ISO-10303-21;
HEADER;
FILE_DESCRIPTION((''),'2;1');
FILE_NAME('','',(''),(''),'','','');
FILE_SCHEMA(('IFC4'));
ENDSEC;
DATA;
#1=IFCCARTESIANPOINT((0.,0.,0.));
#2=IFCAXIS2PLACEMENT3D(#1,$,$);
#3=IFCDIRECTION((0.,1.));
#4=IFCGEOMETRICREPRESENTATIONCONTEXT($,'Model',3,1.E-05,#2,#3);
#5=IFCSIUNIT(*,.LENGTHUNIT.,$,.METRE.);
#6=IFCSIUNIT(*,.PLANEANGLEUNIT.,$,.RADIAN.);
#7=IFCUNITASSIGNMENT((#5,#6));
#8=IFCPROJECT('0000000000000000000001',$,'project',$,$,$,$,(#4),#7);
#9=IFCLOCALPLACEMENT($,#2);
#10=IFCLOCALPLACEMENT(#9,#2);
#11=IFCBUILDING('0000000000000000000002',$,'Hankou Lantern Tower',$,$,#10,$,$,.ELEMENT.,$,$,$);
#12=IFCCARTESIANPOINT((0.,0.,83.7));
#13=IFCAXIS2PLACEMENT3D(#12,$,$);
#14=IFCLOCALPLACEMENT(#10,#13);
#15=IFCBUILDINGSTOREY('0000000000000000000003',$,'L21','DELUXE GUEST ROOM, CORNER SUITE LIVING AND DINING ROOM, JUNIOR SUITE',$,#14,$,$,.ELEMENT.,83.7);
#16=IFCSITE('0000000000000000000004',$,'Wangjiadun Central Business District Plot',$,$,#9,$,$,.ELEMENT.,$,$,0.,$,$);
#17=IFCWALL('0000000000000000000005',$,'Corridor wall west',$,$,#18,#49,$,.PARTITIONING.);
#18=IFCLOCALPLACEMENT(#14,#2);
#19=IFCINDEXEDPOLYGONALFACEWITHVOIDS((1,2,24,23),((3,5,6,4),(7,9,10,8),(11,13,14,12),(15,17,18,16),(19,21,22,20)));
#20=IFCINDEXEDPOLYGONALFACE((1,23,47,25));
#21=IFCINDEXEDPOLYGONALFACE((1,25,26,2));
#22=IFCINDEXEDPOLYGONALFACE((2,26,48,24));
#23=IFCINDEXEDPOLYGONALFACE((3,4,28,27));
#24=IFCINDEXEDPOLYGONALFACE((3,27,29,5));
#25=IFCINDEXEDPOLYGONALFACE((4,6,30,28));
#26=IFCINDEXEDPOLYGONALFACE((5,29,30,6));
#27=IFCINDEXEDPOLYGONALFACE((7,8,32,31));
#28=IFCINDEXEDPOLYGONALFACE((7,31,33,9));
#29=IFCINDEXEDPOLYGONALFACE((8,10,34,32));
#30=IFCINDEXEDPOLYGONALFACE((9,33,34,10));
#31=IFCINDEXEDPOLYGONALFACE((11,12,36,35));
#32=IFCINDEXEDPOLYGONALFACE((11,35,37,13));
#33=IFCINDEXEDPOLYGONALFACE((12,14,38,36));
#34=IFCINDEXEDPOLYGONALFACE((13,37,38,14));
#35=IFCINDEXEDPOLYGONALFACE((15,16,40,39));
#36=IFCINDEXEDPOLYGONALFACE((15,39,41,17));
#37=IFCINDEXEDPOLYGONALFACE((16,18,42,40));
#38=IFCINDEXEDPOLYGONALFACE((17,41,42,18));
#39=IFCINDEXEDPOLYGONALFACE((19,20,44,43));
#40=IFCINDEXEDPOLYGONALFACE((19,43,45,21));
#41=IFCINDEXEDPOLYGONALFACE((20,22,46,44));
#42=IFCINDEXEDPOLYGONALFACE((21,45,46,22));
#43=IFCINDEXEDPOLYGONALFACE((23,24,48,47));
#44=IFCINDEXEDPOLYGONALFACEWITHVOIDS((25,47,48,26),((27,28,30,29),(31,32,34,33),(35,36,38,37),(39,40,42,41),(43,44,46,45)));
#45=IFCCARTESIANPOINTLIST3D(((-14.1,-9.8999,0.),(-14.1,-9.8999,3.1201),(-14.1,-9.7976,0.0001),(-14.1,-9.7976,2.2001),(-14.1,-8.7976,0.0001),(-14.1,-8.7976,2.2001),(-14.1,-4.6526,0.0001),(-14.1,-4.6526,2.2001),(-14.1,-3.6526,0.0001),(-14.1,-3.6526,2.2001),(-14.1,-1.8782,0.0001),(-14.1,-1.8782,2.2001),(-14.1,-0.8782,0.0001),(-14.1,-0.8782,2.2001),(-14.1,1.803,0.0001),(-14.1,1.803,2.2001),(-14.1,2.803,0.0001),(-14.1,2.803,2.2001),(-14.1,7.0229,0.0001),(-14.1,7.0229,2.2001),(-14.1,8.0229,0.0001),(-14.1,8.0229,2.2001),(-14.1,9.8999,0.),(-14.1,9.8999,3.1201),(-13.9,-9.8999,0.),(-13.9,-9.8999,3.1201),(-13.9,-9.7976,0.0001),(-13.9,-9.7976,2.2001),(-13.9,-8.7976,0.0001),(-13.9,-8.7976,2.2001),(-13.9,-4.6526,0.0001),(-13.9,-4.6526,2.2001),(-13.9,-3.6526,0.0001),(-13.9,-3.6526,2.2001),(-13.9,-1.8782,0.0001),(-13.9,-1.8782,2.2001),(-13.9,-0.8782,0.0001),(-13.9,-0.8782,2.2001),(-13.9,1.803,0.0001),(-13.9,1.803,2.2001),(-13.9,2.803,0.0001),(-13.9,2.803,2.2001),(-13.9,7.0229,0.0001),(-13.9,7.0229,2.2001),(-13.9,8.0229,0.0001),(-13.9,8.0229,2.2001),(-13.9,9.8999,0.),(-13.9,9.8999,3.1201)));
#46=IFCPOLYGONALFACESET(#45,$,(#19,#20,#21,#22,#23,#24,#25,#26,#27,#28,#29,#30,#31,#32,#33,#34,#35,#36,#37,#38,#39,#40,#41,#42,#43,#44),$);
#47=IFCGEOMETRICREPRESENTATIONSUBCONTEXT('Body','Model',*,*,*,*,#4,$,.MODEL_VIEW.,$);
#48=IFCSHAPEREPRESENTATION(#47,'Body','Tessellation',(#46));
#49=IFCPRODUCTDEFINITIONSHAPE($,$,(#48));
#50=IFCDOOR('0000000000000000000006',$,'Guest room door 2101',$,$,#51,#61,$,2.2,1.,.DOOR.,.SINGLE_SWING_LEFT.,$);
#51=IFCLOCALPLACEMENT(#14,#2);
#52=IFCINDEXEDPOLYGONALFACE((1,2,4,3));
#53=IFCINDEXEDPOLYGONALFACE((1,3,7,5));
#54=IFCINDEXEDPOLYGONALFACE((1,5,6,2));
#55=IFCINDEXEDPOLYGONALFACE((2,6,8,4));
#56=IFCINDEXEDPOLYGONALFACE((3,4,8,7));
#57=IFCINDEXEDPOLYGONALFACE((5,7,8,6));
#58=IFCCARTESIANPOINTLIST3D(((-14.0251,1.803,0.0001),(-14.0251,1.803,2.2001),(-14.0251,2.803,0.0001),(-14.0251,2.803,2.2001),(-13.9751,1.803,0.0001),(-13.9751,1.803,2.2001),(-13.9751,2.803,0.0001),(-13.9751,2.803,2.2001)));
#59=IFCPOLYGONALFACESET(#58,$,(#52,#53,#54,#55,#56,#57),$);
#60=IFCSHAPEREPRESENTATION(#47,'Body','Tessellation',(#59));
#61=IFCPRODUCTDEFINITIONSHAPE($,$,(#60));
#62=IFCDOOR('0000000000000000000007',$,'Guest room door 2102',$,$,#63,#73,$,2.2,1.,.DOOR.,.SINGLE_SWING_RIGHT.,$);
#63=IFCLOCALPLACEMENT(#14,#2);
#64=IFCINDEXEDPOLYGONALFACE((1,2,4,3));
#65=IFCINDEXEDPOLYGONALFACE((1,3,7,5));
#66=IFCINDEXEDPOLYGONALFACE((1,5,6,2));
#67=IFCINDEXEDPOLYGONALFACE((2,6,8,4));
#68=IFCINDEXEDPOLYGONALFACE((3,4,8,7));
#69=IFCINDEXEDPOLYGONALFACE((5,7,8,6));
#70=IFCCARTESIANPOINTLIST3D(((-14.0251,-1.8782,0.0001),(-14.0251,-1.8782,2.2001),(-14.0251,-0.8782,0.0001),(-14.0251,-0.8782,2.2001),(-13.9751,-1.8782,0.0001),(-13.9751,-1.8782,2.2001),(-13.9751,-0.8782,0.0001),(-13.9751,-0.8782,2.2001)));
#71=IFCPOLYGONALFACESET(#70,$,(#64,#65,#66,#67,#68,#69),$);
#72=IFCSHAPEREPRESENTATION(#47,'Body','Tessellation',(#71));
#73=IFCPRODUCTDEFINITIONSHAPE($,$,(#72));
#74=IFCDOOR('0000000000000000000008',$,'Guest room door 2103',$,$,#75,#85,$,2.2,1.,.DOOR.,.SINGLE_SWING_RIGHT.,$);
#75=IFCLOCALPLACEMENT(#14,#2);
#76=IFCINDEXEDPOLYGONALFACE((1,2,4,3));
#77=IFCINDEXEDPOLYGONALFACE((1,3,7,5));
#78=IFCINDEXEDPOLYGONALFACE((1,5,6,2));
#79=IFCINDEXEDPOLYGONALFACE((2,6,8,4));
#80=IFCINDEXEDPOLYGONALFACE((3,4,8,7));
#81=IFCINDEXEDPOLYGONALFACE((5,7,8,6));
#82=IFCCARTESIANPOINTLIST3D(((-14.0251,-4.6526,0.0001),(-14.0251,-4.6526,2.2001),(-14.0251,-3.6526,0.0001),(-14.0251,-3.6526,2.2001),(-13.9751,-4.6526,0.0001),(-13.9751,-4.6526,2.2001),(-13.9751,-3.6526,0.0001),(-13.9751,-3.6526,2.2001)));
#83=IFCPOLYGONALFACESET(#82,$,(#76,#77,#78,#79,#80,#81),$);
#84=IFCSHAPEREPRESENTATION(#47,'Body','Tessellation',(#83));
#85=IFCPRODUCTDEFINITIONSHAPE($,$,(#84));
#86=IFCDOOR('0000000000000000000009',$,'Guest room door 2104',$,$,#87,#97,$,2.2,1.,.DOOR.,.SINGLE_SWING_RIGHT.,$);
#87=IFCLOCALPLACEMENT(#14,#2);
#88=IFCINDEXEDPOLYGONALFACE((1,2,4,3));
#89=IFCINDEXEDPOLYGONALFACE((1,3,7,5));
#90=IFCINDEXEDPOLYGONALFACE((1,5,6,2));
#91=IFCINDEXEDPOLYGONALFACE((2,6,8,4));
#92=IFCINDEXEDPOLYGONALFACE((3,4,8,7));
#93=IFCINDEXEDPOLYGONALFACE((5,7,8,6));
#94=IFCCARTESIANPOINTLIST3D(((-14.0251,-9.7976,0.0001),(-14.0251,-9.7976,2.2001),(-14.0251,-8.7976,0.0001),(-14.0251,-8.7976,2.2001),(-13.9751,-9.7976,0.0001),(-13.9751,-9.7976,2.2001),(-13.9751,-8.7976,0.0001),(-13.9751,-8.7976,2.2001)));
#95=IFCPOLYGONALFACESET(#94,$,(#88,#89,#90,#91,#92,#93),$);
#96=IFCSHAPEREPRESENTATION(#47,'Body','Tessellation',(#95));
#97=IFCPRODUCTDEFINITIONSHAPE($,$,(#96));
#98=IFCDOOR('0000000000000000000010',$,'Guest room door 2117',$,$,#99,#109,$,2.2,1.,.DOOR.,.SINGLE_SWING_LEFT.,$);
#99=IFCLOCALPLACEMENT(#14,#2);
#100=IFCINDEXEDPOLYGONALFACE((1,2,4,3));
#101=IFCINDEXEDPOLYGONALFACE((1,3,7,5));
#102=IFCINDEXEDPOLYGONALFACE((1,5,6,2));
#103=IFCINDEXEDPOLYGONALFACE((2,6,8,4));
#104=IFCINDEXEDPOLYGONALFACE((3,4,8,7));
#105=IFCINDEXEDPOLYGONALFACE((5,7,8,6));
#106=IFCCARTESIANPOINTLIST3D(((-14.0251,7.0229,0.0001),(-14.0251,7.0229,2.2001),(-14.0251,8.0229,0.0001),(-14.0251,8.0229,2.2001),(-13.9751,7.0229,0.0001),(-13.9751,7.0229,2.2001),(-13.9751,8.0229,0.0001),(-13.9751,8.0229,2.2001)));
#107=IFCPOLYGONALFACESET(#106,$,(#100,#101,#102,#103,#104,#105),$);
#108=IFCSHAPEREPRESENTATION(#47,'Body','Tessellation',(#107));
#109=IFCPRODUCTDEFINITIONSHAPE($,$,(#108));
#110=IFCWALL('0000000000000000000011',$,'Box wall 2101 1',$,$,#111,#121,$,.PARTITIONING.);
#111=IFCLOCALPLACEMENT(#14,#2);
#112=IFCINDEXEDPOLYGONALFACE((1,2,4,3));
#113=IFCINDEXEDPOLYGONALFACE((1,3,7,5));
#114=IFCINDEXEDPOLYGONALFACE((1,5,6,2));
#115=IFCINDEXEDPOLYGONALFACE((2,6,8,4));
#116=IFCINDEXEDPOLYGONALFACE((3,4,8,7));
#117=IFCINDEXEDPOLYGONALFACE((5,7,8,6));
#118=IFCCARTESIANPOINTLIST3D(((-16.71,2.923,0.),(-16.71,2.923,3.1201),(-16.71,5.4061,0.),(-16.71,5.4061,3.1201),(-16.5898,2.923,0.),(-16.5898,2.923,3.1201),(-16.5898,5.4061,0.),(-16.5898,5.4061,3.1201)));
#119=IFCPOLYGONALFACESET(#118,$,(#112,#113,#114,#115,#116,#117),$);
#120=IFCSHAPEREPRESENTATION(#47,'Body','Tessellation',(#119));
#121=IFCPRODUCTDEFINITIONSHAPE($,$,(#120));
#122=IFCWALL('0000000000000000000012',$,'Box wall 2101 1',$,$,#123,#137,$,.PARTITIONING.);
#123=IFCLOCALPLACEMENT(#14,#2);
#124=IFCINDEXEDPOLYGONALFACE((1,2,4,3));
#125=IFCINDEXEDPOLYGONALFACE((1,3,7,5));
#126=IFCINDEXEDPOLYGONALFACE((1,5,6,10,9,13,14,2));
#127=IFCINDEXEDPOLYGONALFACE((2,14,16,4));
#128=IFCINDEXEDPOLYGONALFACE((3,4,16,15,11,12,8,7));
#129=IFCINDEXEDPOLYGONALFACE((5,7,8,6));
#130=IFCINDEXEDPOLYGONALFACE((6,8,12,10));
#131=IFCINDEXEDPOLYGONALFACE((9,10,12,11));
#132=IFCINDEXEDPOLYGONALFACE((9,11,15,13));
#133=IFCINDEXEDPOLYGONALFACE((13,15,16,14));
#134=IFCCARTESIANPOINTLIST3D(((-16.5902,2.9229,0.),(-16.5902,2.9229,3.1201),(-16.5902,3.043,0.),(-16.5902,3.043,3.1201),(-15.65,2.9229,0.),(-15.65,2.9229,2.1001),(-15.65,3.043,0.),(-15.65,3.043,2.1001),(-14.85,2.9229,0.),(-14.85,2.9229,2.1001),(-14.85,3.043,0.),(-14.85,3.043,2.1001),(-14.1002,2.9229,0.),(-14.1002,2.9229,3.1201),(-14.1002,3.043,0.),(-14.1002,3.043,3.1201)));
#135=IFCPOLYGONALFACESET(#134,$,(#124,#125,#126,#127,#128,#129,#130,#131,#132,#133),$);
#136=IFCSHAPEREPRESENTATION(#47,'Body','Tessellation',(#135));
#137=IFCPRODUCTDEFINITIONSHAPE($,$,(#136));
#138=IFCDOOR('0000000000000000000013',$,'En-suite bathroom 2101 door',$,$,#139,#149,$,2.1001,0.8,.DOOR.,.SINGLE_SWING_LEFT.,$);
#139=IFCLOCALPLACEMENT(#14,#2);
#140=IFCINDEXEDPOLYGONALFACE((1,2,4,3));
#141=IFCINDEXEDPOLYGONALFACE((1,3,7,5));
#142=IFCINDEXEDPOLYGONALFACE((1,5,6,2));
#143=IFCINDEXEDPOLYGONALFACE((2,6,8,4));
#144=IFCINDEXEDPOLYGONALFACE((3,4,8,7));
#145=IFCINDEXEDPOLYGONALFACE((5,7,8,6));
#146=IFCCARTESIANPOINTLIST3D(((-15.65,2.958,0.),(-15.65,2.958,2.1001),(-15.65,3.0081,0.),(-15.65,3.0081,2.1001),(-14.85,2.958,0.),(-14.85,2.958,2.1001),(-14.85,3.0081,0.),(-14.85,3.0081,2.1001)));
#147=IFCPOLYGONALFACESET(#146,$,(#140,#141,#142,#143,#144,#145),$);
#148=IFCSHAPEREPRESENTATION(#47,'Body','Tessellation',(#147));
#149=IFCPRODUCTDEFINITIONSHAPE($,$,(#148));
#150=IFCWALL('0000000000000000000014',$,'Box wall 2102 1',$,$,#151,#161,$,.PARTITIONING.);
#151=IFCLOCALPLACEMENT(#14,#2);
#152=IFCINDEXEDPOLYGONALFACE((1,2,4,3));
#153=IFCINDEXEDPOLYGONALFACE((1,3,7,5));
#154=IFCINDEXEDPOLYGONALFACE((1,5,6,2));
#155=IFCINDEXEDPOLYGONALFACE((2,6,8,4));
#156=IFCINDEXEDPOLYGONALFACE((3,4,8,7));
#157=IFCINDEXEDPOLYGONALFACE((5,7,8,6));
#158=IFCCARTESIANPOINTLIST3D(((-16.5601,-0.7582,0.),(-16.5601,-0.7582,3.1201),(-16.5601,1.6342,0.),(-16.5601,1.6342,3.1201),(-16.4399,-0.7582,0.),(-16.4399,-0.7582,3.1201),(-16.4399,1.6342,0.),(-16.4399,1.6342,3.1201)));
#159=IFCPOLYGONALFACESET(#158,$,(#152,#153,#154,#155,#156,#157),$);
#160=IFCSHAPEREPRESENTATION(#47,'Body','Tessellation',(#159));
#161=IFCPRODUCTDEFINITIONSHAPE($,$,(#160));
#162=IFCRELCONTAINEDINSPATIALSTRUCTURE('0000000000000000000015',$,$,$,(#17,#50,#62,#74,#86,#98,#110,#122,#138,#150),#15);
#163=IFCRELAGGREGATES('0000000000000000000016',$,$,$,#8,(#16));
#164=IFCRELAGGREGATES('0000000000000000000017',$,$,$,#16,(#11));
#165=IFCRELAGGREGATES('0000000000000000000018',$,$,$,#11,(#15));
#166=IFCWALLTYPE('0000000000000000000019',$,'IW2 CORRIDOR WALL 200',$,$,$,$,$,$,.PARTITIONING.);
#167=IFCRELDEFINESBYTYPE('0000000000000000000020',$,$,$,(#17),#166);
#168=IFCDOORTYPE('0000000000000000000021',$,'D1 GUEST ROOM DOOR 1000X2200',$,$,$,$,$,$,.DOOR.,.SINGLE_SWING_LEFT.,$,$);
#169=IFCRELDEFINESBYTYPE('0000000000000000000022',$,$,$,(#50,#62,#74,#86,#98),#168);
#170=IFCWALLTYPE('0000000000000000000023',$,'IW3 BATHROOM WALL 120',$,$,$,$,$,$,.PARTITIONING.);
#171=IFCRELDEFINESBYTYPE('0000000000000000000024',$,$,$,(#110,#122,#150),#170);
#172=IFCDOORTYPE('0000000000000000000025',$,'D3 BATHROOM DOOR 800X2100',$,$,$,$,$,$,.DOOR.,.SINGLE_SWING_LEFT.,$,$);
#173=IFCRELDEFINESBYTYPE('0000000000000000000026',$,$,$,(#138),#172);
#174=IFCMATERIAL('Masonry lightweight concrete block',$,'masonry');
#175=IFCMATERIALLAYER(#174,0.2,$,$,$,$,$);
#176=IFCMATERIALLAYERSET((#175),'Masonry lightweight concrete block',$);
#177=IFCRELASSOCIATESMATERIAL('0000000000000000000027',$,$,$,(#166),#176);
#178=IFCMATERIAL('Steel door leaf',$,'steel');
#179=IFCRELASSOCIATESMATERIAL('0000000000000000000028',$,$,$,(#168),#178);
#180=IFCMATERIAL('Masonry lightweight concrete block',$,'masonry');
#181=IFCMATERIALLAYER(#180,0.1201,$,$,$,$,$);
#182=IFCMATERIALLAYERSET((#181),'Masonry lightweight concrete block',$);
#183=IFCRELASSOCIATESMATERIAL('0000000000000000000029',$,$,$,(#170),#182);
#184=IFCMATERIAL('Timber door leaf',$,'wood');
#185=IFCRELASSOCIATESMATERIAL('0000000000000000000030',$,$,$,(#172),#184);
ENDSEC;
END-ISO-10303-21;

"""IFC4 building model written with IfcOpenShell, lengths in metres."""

from ifc_helpers import new_model, si_unit, direction, frame, frame_2d, origin, place, context, subcontext, project, spatial, rectangle, extrude, material, layer, layer_set, type_object, element, fill, save


model = new_model("IFC4")

# Units and contexts
model_context = context("Model", 3, precision=1e-05, world=origin(), true_north=direction((0.0, 1.0)))
body_context = subcontext(model_context, "Body", "Model", "MODEL_VIEW")
ifc_project = project(units=[si_unit("LENGTHUNIT", "METRE"), si_unit("PLANEANGLEUNIT", "RADIAN")], contexts=[model_context])

# Site, building, storey
site_placement = place(None, origin())
site = spatial("IfcSite", under=ifc_project, at=site_placement, Name="Wangjiadun Central Business District Plot", CompositionType="ELEMENT", RefElevation=0.0)
building_placement = place(site_placement, origin())
building = spatial("IfcBuilding", under=site, at=building_placement, Name="Hankou Lantern Tower", CompositionType="ELEMENT")
storey_placement = place(building_placement, frame((0.0, 0.0, 83.7)))
storey = spatial("IfcBuildingStorey", under=building, at=storey_placement, Name="L21", Description="DELUXE GUEST ROOM, CORNER SUITE LIVING AND DINING ROOM, JUNIOR SUITE", CompositionType="ELEMENT", Elevation=83.7)

# Wall, openings, doors
ifc_material_1 = material(Name="Masonry lightweight concrete block", Category="masonry")
ifc_layer_1 = layer(ifc_material_1, 0.2)
ifc_layer_set_1 = layer_set([ifc_layer_1], Name="Masonry lightweight concrete block")
wall_type_1 = type_object("IfcWallType", Name="IW2 CORRIDOR WALL 200", PredefinedType="PARTITIONING", material=ifc_layer_set_1)
ifc_material_2 = material(Name="Steel door leaf", Category="steel")
door_type_1 = type_object("IfcDoorType", Name="D1 GUEST ROOM DOOR 1000X2200", OperationType="SINGLE_SWING_LEFT", PredefinedType="DOOR", material=ifc_material_2)
wall_1_placement = place(storey_placement, frame((-14.0, 9.8999, 0.0), z_axis=(0.0, 0.0, 1.0), x_axis=(0.0, -1.0, 0.0)))
wall_1 = element("IfcWall", 1, at=wall_1_placement, inside=storey, type_object=wall_type_1, Name="Corridor wall west", PredefinedType="PARTITIONING", context=body_context, shape_type="SweptSolid", body=[
    extrude(rectangle(XDim=19.7998, YDim=0.2, at=frame_2d((9.8999, 0.0))), origin(), (0.0, 0.0, 1.0), 3.1201),
])
opening_1_placement = place(wall_1_placement, frame((7.0969, 0.0, 0.0)))
opening_1 = element("IfcOpeningElement", 2, at=opening_1_placement, cuts=wall_1, PredefinedType="OPENING", context=body_context, shape_type="SweptSolid", body=[
    extrude(rectangle(XDim=1.0, YDim=2.2, at=frame_2d((0.5, 1.1001))), frame((0.0, 0.1099, 0.0), z_axis=(0.0, -1.0, 0.0), x_axis=(1.0, 0.0, 0.0)), (0.0, 0.0, 1.0), 0.22),
])
opening_2_placement = place(wall_1_placement, frame((10.7781, 0.0, 0.0)))
opening_2 = element("IfcOpeningElement", 3, at=opening_2_placement, cuts=wall_1, PredefinedType="OPENING", context=body_context, shape_type="SweptSolid", body=[
    extrude(rectangle(XDim=1.0, YDim=2.2, at=frame_2d((0.5, 1.1001))), frame((0.0, 0.1099, 0.0), z_axis=(0.0, -1.0, 0.0), x_axis=(1.0, 0.0, 0.0)), (0.0, 0.0, 1.0), 0.22),
])
opening_3_placement = place(wall_1_placement, frame((13.5525, 0.0, 0.0)))
opening_3 = element("IfcOpeningElement", 4, at=opening_3_placement, cuts=wall_1, PredefinedType="OPENING", context=body_context, shape_type="SweptSolid", body=[
    extrude(rectangle(XDim=1.0, YDim=2.2, at=frame_2d((0.5, 1.1001))), frame((0.0, 0.1099, 0.0), z_axis=(0.0, -1.0, 0.0), x_axis=(1.0, 0.0, 0.0)), (0.0, 0.0, 1.0), 0.22),
])
opening_4_placement = place(wall_1_placement, frame((18.6975, 0.0, 0.0)))
opening_4 = element("IfcOpeningElement", 5, at=opening_4_placement, cuts=wall_1, PredefinedType="OPENING", context=body_context, shape_type="SweptSolid", body=[
    extrude(rectangle(XDim=1.0, YDim=2.2, at=frame_2d((0.5, 1.1001))), frame((0.0, 0.1099, 0.0), z_axis=(0.0, -1.0, 0.0), x_axis=(1.0, 0.0, 0.0)), (0.0, 0.0, 1.0), 0.22),
])
opening_5_placement = place(wall_1_placement, frame((1.877, 0.0, 0.0)))
opening_5 = element("IfcOpeningElement", 6, at=opening_5_placement, cuts=wall_1, PredefinedType="OPENING", context=body_context, shape_type="SweptSolid", body=[
    extrude(rectangle(XDim=1.0, YDim=2.2, at=frame_2d((0.5, 1.1001))), frame((0.0, 0.1099, 0.0), z_axis=(0.0, -1.0, 0.0), x_axis=(1.0, 0.0, 0.0)), (0.0, 0.0, 1.0), 0.22),
])
door_1_placement = place(opening_1_placement, origin())
door_1 = element("IfcDoor", 7, at=door_1_placement, inside=storey, type_object=door_type_1, Name="Guest room door 2101", OperationType="SINGLE_SWING_LEFT", OverallHeight=2.2, OverallWidth=1.0, PredefinedType="DOOR", context=body_context, shape_type="SweptSolid", body=[
    extrude(rectangle(XDim=1.0, YDim=2.2, at=frame_2d((0.5, 1.1001))), frame((0.0, 0.0249, 0.0), z_axis=(0.0, -1.0, 0.0), x_axis=(1.0, 0.0, 0.0)), (0.0, 0.0, 1.0), 0.05),
])
fill(opening_1, door_1)
door_2_placement = place(opening_2_placement, origin())
door_2 = element("IfcDoor", 8, at=door_2_placement, inside=storey, type_object=door_type_1, Name="Guest room door 2102", OperationType="SINGLE_SWING_RIGHT", OverallHeight=2.2, OverallWidth=1.0, PredefinedType="DOOR", context=body_context, shape_type="SweptSolid", body=[
    extrude(rectangle(XDim=1.0, YDim=2.2, at=frame_2d((0.5, 1.1001))), frame((0.0, 0.0249, 0.0), z_axis=(0.0, -1.0, 0.0), x_axis=(1.0, 0.0, 0.0)), (0.0, 0.0, 1.0), 0.05),
])
fill(opening_2, door_2)
door_3_placement = place(opening_3_placement, origin())
door_3 = element("IfcDoor", 9, at=door_3_placement, inside=storey, type_object=door_type_1, Name="Guest room door 2103", OperationType="SINGLE_SWING_RIGHT", OverallHeight=2.2, OverallWidth=1.0, PredefinedType="DOOR", context=body_context, shape_type="SweptSolid", body=[
    extrude(rectangle(XDim=1.0, YDim=2.2, at=frame_2d((0.5, 1.1001))), frame((0.0, 0.0249, 0.0), z_axis=(0.0, -1.0, 0.0), x_axis=(1.0, 0.0, 0.0)), (0.0, 0.0, 1.0), 0.05),
])
fill(opening_3, door_3)
door_4_placement = place(opening_4_placement, origin())
door_4 = element("IfcDoor", 10, at=door_4_placement, inside=storey, type_object=door_type_1, Name="Guest room door 2104", OperationType="SINGLE_SWING_RIGHT", OverallHeight=2.2, OverallWidth=1.0, PredefinedType="DOOR", context=body_context, shape_type="SweptSolid", body=[
    extrude(rectangle(XDim=1.0, YDim=2.2, at=frame_2d((0.5, 1.1001))), frame((0.0, 0.0249, 0.0), z_axis=(0.0, -1.0, 0.0), x_axis=(1.0, 0.0, 0.0)), (0.0, 0.0, 1.0), 0.05),
])
fill(opening_4, door_4)
door_5_placement = place(opening_5_placement, origin())
door_5 = element("IfcDoor", 11, at=door_5_placement, inside=storey, type_object=door_type_1, Name="Guest room door 2117", OperationType="SINGLE_SWING_LEFT", OverallHeight=2.2, OverallWidth=1.0, PredefinedType="DOOR", context=body_context, shape_type="SweptSolid", body=[
    extrude(rectangle(XDim=1.0, YDim=2.2, at=frame_2d((0.5, 1.1001))), frame((0.0, 0.0249, 0.0), z_axis=(0.0, -1.0, 0.0), x_axis=(1.0, 0.0, 0.0)), (0.0, 0.0, 1.0), 0.05),
])
fill(opening_5, door_5)

# Wall
ifc_material_3 = material(Name="Masonry lightweight concrete block", Category="masonry")
ifc_layer_2 = layer(ifc_material_3, 0.1201)
ifc_layer_set_2 = layer_set([ifc_layer_2], Name="Masonry lightweight concrete block")
wall_type_2 = type_object("IfcWallType", Name="IW3 BATHROOM WALL 120", PredefinedType="PARTITIONING", material=ifc_layer_set_2)
wall_2_placement = place(storey_placement, frame((-16.6499, 5.4062, 0.0), z_axis=(0.0, 0.0, 1.0), x_axis=(0.0, -1.0, 0.0)))
element("IfcWall", 12, at=wall_2_placement, inside=storey, type_object=wall_type_2, Name="Box wall 2101 1", PredefinedType="PARTITIONING", context=body_context, shape_type="SweptSolid", body=[
    extrude(rectangle(XDim=2.4832, YDim=0.1201, at=frame_2d((1.2417, 0.0))), origin(), (0.0, 0.0, 1.0), 3.1201),
])

# Wall, opening, door
wall_3_placement = place(storey_placement, frame((-14.1001, 2.9829, 0.0), z_axis=(0.0, 0.0, 1.0), x_axis=(-1.0, 0.0, 0.0)))
wall_3 = element("IfcWall", 13, at=wall_3_placement, inside=storey, type_object=wall_type_2, Name="Box wall 2101 1", PredefinedType="PARTITIONING", context=body_context, shape_type="SweptSolid", body=[
    extrude(rectangle(XDim=2.49, YDim=0.1201, at=frame_2d((1.2451, 0.0))), origin(), (0.0, 0.0, 1.0), 3.1201),
])
opening_6_placement = place(wall_3_placement, frame((0.75, 0.0, 0.0)))
opening_6 = element("IfcOpeningElement", 14, at=opening_6_placement, cuts=wall_3, PredefinedType="OPENING", context=body_context, shape_type="SweptSolid", body=[
    extrude(rectangle(XDim=0.8, YDim=2.1001, at=frame_2d((0.3999, 1.05))), frame((0.0, 0.0701, 0.0), z_axis=(0.0, -1.0, 0.0), x_axis=(1.0, 0.0, 0.0)), (0.0, 0.0, 1.0), 0.1401),
])
ifc_material_4 = material(Name="Timber door leaf", Category="wood")
door_type_2 = type_object("IfcDoorType", Name="D3 BATHROOM DOOR 800X2100", OperationType="SINGLE_SWING_LEFT", PredefinedType="DOOR", material=ifc_material_4)
door_6_placement = place(opening_6_placement, origin())
door_6 = element("IfcDoor", 15, at=door_6_placement, inside=storey, type_object=door_type_2, Name="En-suite bathroom 2101 door", OperationType="SINGLE_SWING_LEFT", OverallHeight=2.1001, OverallWidth=0.8, PredefinedType="DOOR", context=body_context, shape_type="SweptSolid", body=[
    extrude(rectangle(XDim=0.8, YDim=2.1001, at=frame_2d((0.3999, 1.05))), frame((0.0, 0.0249, 0.0), z_axis=(0.0, -1.0, 0.0), x_axis=(1.0, 0.0, 0.0)), (0.0, 0.0, 1.0), 0.05),
])
fill(opening_6, door_6)

# Wall
wall_4_placement = place(storey_placement, frame((-16.5, 1.6343, 0.0), z_axis=(0.0, 0.0, 1.0), x_axis=(0.0, -1.0, 0.0)))
element("IfcWall", 16, at=wall_4_placement, inside=storey, type_object=wall_type_2, Name="Box wall 2102 1", PredefinedType="PARTITIONING", context=body_context, shape_type="SweptSolid", body=[
    extrude(rectangle(XDim=2.3923, YDim=0.1201, at=frame_2d((1.1963, 0.0))), origin(), (0.0, 0.0, 1.0), 3.1201),
])

save(model, "model.ifc")
